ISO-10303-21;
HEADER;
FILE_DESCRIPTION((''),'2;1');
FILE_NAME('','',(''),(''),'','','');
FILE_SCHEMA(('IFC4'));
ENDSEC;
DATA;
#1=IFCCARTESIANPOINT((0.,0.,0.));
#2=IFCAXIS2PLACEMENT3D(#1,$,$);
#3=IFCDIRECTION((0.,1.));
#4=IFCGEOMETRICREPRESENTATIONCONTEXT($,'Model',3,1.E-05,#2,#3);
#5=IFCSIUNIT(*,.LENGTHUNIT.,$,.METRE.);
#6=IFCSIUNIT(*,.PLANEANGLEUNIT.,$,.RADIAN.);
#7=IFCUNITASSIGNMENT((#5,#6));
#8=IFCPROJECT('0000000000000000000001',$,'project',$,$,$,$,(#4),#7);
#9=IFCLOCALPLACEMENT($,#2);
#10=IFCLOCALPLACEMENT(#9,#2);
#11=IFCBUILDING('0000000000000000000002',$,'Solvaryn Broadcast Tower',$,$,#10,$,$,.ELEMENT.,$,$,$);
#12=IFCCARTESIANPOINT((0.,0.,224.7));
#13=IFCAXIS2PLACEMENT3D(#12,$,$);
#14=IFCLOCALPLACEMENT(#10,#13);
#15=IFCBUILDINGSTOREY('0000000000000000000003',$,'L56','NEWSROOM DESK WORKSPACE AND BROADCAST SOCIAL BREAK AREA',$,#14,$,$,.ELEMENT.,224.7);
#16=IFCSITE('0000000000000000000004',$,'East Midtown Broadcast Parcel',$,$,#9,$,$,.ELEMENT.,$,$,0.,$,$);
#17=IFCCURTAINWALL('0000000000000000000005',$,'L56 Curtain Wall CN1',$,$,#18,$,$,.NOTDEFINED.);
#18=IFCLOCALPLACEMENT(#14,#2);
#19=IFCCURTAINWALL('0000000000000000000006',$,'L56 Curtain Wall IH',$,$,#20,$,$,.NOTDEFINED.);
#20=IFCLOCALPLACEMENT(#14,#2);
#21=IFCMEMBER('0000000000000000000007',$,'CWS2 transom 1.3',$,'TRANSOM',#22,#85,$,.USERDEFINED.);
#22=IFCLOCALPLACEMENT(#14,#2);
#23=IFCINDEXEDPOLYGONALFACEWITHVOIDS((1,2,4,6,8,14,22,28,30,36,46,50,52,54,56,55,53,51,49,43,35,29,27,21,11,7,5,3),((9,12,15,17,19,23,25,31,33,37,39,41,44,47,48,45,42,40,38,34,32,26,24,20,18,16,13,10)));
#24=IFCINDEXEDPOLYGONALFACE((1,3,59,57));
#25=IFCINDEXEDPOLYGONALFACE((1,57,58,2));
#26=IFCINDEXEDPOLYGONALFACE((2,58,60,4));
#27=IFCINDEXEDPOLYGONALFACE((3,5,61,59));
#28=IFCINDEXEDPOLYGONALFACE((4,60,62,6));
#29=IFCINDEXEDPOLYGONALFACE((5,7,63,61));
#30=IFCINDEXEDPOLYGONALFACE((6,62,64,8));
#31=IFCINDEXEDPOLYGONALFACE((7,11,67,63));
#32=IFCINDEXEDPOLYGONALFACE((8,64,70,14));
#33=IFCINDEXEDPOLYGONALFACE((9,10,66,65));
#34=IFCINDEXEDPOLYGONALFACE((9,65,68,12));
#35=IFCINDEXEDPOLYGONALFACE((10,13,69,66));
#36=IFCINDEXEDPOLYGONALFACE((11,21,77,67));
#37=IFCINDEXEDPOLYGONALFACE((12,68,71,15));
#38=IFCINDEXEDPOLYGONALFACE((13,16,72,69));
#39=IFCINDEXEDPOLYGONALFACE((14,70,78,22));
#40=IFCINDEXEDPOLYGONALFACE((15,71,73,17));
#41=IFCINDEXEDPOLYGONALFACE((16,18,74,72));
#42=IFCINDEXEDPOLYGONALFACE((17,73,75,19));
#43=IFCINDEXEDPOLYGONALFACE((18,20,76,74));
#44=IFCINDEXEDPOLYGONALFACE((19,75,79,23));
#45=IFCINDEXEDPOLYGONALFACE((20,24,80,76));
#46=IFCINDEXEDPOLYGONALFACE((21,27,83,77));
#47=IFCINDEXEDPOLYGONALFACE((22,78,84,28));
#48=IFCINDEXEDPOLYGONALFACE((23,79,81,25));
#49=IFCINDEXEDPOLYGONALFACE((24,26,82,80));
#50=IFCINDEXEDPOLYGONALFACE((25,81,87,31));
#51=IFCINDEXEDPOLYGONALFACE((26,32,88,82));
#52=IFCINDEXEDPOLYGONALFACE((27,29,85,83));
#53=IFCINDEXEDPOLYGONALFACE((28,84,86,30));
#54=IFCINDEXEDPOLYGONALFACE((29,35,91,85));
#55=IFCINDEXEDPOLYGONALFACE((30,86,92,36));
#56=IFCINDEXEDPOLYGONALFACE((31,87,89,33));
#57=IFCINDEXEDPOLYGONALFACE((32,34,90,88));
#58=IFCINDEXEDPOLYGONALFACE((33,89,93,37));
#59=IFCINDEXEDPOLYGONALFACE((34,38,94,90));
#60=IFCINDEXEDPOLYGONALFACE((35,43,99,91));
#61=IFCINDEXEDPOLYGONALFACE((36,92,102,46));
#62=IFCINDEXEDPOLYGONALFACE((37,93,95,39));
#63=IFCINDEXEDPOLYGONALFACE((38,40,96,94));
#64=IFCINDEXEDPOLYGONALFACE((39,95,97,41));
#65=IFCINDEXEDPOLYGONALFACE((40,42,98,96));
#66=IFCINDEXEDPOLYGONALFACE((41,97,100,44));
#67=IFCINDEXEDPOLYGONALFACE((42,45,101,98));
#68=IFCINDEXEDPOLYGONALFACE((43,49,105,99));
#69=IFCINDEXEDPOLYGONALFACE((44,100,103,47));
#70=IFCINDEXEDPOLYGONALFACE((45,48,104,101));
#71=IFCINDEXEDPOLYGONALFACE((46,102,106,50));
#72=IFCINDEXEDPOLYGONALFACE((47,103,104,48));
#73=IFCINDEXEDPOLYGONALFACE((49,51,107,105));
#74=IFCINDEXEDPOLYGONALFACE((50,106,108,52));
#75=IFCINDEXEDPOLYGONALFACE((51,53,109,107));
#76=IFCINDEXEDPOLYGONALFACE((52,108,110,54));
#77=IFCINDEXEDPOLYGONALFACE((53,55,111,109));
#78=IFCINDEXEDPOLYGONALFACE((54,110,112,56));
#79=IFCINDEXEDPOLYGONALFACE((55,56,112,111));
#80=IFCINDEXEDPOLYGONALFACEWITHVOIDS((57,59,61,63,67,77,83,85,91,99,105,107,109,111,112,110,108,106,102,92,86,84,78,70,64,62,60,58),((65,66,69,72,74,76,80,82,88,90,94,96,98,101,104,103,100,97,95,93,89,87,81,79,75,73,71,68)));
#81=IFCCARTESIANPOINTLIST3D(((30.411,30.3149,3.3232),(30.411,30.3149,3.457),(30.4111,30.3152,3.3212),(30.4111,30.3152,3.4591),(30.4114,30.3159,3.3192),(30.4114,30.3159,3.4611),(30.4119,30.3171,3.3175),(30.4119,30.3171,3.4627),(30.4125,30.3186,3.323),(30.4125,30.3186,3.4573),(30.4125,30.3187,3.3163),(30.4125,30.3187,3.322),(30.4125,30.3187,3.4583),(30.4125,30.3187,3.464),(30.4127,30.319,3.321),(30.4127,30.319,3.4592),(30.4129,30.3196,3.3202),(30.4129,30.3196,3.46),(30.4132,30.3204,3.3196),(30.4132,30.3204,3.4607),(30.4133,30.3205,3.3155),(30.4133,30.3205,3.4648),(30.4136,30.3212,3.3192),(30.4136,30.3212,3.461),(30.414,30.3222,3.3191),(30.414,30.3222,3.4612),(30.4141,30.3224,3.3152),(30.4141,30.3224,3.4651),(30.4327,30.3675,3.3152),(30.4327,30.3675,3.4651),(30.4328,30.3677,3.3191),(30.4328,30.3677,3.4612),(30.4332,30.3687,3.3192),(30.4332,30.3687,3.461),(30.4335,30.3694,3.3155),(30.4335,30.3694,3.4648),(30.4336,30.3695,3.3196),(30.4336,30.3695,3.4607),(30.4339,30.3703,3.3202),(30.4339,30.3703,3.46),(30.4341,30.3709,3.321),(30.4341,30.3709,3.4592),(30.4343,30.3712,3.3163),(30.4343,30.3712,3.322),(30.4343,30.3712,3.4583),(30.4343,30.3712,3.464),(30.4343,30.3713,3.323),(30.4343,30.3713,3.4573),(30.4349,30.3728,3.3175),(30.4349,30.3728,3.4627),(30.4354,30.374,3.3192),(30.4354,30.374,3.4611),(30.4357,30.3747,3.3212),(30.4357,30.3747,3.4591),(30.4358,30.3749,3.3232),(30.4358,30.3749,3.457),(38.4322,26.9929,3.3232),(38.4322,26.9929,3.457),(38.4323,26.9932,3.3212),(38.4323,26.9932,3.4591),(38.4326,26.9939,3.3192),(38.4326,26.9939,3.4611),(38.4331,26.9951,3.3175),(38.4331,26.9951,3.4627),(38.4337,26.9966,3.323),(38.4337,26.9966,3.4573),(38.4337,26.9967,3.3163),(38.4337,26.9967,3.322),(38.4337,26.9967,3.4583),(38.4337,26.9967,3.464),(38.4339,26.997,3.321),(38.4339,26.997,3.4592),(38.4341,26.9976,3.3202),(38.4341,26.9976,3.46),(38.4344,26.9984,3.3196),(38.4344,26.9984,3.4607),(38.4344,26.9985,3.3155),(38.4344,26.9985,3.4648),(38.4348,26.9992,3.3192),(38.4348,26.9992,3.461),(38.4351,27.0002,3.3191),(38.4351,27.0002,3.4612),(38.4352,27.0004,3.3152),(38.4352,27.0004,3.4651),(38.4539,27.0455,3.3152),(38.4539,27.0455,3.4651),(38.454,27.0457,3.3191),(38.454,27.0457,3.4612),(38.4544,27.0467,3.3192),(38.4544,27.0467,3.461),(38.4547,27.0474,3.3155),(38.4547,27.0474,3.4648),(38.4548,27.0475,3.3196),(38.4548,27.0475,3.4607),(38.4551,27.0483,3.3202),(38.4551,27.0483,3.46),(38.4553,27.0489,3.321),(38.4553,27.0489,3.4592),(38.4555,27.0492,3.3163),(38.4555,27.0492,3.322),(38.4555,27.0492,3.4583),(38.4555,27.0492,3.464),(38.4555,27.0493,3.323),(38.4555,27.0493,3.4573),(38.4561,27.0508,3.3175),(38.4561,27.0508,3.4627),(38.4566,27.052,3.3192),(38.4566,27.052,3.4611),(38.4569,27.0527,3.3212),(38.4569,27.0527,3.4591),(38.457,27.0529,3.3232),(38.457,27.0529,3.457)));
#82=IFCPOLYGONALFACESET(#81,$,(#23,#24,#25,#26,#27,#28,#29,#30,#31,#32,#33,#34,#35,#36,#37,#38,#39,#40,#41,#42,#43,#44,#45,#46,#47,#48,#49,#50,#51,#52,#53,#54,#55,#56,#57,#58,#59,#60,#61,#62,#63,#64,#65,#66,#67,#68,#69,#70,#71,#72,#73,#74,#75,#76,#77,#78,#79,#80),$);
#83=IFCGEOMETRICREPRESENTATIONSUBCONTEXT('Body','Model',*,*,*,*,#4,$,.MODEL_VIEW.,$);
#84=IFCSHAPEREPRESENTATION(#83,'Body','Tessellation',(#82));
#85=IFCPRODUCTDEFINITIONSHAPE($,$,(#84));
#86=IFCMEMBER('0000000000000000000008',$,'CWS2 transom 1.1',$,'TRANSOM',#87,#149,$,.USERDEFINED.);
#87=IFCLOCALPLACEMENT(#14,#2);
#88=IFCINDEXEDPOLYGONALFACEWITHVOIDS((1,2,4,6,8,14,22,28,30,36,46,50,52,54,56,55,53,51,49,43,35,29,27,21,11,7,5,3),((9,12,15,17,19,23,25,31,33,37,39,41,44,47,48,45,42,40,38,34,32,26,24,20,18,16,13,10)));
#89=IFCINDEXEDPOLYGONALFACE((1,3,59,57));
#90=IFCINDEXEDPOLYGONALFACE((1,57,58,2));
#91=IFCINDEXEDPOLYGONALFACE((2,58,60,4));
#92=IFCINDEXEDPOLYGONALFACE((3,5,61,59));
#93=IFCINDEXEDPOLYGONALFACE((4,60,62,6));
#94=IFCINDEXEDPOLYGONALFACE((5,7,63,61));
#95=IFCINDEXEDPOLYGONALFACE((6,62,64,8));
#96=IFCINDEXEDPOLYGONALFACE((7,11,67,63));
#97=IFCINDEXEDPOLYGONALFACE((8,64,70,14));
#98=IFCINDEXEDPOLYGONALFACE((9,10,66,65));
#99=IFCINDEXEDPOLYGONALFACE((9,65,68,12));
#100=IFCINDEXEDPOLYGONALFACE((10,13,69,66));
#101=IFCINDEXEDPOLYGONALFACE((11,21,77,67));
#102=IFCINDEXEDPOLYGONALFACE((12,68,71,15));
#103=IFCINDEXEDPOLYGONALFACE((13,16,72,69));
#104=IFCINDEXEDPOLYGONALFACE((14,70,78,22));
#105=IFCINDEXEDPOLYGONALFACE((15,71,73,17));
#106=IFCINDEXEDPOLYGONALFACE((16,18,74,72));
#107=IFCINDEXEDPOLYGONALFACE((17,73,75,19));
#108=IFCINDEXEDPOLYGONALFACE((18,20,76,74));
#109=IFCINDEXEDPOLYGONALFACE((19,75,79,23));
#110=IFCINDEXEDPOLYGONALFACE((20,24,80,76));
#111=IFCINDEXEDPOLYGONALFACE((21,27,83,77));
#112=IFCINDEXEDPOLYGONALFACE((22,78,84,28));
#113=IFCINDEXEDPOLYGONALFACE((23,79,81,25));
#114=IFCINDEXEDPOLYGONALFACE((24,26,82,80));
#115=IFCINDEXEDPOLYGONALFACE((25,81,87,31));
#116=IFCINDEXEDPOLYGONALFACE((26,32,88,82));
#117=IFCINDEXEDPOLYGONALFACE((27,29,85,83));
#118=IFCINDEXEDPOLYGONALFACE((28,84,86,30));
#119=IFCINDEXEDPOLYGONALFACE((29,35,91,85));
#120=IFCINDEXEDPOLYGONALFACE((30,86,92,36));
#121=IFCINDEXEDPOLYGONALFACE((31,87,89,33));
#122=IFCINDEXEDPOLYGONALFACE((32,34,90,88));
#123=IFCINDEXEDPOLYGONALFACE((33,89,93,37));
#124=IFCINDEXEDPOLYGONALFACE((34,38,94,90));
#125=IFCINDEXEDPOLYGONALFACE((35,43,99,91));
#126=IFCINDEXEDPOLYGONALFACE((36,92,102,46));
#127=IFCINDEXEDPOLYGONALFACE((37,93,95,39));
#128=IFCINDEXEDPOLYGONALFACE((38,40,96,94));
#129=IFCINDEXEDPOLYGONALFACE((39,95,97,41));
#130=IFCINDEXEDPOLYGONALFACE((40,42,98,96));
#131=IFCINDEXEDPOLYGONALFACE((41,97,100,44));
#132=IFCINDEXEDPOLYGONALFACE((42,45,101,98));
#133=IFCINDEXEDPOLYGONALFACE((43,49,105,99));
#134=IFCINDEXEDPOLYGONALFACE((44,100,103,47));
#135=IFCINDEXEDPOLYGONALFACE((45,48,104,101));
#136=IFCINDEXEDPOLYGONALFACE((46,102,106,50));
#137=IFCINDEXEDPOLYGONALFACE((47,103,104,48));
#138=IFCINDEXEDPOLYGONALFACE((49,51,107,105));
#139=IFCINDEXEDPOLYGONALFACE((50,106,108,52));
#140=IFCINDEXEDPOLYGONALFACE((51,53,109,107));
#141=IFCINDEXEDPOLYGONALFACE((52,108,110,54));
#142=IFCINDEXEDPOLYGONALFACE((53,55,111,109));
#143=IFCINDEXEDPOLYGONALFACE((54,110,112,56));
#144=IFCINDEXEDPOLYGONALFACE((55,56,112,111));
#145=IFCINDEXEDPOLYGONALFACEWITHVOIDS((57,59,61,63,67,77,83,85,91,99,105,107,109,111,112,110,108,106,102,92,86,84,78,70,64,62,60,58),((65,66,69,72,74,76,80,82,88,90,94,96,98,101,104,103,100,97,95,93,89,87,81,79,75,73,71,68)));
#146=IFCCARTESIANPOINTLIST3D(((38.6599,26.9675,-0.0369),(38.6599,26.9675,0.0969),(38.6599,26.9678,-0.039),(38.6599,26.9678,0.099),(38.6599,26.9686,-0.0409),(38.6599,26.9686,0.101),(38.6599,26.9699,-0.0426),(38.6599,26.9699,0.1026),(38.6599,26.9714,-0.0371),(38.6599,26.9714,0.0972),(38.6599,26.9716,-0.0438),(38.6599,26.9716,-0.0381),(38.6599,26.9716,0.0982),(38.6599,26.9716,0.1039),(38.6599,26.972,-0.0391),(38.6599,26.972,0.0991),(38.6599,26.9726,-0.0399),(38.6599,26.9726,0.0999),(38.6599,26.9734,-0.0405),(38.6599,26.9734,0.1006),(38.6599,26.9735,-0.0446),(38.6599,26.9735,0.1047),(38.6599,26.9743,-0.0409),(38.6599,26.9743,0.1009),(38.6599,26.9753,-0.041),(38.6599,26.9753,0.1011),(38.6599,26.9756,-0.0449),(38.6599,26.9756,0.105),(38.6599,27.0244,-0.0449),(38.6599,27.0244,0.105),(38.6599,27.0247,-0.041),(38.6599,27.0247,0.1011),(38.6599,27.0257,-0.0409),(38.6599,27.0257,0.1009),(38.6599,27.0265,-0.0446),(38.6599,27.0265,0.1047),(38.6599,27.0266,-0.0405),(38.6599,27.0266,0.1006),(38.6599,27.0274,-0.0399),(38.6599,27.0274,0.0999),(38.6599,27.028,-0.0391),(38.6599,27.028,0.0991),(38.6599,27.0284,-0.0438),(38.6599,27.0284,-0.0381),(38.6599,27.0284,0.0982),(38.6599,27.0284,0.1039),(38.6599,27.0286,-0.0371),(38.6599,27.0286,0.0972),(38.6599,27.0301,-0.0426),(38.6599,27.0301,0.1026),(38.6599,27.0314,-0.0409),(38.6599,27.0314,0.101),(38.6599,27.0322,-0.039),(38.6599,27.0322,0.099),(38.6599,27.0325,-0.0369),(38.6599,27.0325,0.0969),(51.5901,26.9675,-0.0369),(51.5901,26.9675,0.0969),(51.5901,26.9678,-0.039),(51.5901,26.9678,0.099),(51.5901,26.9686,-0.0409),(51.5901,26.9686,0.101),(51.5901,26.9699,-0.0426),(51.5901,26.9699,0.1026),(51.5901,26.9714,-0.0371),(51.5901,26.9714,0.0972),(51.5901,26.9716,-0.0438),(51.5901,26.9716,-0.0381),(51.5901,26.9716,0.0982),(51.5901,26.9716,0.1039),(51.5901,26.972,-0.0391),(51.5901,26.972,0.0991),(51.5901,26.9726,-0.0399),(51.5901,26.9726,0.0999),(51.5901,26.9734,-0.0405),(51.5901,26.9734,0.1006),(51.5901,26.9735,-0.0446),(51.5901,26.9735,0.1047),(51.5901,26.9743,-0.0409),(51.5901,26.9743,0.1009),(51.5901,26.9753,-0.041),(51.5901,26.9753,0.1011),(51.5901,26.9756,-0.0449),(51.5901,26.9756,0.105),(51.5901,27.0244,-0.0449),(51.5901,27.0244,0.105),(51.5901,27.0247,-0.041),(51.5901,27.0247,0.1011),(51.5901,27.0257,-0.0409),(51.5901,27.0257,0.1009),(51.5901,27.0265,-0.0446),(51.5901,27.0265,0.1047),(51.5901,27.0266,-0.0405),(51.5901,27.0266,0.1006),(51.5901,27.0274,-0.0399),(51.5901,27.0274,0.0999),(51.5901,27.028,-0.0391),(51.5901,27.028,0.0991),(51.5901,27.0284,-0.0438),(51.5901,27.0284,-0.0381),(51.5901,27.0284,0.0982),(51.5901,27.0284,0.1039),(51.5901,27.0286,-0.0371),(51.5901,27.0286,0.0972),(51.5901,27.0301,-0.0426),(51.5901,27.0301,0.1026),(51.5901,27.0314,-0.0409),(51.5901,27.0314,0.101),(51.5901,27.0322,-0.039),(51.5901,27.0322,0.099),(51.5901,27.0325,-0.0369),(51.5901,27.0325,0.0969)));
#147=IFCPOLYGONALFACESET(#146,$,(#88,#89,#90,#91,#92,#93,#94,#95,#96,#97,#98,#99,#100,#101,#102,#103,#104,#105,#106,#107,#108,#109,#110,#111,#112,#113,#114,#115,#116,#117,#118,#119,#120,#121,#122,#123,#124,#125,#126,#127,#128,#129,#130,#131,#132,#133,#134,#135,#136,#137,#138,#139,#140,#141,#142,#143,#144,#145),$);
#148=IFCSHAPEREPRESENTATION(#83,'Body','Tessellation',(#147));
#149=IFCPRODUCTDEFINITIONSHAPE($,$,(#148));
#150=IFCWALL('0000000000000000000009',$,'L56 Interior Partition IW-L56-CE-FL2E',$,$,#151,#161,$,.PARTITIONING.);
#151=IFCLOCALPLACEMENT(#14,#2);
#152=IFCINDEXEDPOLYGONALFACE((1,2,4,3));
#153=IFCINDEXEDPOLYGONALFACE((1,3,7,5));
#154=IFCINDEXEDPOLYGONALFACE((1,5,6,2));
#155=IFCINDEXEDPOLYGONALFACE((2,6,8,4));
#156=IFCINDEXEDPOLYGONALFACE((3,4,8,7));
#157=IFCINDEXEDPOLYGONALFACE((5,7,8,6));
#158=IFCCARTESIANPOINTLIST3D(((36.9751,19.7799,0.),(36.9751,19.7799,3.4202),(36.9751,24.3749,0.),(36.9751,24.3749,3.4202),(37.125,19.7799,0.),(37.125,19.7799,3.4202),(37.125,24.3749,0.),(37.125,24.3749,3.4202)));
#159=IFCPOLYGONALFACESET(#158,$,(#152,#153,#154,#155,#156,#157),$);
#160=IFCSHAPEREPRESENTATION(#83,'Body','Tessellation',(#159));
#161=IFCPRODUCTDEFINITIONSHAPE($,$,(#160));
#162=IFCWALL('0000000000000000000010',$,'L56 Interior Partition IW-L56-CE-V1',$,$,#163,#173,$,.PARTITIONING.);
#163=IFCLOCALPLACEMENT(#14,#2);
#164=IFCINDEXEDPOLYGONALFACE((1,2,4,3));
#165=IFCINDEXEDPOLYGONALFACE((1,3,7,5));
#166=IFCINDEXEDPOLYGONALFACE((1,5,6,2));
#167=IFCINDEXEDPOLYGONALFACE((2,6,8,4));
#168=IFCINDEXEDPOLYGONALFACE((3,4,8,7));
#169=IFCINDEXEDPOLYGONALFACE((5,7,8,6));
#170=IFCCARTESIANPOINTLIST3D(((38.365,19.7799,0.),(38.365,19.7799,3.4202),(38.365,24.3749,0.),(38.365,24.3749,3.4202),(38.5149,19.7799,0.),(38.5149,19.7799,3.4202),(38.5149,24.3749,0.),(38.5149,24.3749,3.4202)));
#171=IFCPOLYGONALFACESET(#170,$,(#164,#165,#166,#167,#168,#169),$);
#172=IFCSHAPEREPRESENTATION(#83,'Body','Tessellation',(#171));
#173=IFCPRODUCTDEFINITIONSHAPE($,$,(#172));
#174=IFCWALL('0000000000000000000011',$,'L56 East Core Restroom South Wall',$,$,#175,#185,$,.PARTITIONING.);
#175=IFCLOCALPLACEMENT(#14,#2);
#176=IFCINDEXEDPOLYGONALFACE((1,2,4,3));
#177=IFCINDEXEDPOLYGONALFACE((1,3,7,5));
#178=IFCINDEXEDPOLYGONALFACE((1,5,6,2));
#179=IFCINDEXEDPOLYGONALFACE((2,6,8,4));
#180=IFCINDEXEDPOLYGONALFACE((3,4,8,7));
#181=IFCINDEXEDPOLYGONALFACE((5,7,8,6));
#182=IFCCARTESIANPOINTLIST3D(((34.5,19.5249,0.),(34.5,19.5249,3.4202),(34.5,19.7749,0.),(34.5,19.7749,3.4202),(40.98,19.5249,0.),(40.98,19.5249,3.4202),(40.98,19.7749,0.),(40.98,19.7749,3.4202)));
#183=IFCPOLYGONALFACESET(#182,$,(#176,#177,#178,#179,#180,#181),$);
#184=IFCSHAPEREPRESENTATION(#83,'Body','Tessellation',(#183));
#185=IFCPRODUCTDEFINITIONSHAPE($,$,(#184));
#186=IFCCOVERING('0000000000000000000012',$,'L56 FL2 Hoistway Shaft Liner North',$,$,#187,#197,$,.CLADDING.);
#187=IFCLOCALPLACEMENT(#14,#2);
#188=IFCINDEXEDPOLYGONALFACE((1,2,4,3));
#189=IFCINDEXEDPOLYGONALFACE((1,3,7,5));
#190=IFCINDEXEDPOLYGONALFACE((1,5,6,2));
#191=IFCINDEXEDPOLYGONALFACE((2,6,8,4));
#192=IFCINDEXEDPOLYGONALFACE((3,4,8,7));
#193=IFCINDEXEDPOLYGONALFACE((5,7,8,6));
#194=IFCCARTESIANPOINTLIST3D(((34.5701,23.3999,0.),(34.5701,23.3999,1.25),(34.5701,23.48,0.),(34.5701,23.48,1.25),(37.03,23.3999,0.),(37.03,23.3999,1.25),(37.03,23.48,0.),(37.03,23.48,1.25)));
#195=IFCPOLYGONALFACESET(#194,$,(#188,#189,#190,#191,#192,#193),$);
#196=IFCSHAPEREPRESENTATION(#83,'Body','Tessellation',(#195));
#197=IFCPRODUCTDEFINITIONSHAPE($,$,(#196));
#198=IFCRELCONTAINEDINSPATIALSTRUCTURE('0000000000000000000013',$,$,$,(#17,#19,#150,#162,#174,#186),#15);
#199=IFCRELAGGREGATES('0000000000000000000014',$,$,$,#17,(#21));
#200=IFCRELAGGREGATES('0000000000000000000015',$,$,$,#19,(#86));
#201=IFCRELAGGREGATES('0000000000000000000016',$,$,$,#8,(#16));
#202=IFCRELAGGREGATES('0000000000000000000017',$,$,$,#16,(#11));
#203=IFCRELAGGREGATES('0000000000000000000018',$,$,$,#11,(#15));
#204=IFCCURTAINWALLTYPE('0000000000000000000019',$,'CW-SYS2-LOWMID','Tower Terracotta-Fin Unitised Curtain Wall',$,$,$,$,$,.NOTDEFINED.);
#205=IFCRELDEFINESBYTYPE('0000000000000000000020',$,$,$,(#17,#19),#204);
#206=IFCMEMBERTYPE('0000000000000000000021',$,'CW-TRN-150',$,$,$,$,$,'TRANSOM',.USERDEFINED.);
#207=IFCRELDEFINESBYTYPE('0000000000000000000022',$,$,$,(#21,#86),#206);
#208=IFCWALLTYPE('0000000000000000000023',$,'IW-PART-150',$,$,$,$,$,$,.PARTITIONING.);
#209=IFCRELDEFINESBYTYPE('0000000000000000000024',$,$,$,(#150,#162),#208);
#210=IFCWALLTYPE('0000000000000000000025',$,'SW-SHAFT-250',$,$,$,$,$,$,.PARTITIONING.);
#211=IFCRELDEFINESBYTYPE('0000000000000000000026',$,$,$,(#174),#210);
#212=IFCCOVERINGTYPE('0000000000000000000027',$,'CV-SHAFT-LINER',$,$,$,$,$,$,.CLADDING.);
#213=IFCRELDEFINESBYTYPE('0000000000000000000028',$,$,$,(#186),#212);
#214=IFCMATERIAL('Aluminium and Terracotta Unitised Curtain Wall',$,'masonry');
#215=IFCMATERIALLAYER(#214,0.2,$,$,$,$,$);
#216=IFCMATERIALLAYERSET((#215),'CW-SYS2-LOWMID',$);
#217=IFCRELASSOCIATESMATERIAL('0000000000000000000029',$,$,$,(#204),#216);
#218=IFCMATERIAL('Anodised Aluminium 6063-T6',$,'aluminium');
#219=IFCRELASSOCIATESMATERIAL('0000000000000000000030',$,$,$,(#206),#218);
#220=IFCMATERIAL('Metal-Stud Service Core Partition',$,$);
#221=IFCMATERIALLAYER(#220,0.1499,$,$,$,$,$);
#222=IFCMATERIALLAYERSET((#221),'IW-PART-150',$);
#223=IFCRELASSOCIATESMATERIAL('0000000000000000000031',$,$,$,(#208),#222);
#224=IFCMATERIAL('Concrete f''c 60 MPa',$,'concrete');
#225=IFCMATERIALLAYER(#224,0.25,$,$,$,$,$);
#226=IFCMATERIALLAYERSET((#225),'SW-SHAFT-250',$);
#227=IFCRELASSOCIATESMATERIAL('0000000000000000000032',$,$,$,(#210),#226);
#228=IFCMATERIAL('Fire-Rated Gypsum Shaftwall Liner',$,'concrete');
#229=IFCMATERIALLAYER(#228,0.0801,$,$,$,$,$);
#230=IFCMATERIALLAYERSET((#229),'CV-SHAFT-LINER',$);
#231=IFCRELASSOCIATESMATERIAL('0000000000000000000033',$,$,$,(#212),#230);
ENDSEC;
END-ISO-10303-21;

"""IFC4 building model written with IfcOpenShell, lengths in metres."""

from ifc_helpers import new_model, si_unit, direction, frame, frame_2d, origin, origin_2d, place, context, subcontext, project, spatial, rectangle, hollow_rectangle, extrude, material, layer, layer_set, material_profile, profile_set, type_object, element, aggregate, save


model = new_model("IFC4")

# Units and contexts
model_context = context("Model", 3, precision=1e-05, world=origin(), true_north=direction((0.0, 1.0)))
body_context = subcontext(model_context, "Body", "Model", "MODEL_VIEW")
ifc_project = project(units=[si_unit("LENGTHUNIT", "METRE"), si_unit("PLANEANGLEUNIT", "RADIAN")], contexts=[model_context])

# Site, building, storey
site_placement = place(None, origin())
site = spatial("IfcSite", under=ifc_project, at=site_placement, Name="East Midtown Broadcast Parcel", CompositionType="ELEMENT", RefElevation=0.0)
building_placement = place(site_placement, origin())
building = spatial("IfcBuilding", under=site, at=building_placement, Name="Solvaryn Broadcast Tower", CompositionType="ELEMENT")
storey_placement = place(building_placement, frame((0.0, 0.0, 224.7)))
storey = spatial("IfcBuildingStorey", under=building, at=storey_placement, Name="L56", Description="NEWSROOM DESK WORKSPACE AND BROADCAST SOCIAL BREAK AREA", CompositionType="ELEMENT", Elevation=224.7)

# Curtain walls
ifc_material_1 = material(Name="Aluminium and Terracotta Unitised Curtain Wall", Category="masonry")
ifc_layer_1 = layer(ifc_material_1, 0.2)
ifc_layer_set_1 = layer_set([ifc_layer_1], Name="CW-SYS2-LOWMID")
curtain_wall_type = type_object("IfcCurtainWallType", Name="CW-SYS2-LOWMID", Description="Tower Terracotta-Fin Unitised Curtain Wall", PredefinedType="NOTDEFINED", material=ifc_layer_set_1)
curtain_wall_1_placement = place(storey_placement, origin())
curtain_wall_1 = element("IfcCurtainWall", 1, at=curtain_wall_1_placement, inside=storey, type_object=curtain_wall_type, Name="L56 Curtain Wall CN1", PredefinedType="NOTDEFINED")
curtain_wall_2_placement = place(storey_placement, origin())
curtain_wall_2 = element("IfcCurtainWall", 2, at=curtain_wall_2_placement, inside=storey, type_object=curtain_wall_type, Name="L56 Curtain Wall IH", PredefinedType="NOTDEFINED")

# Members
ifc_material_2 = material(Name="Anodised Aluminium 6063-T6", Category="aluminium")
ifc_material_profile_1 = material_profile(ifc_material_2, hollow_rectangle(XDim=0.0649, YDim=0.1499, WallThickness=0.0039, InnerFilletRadius=0.0039, OuterFilletRadius=0.0081, at=origin_2d()))
ifc_profile_set_1 = profile_set([ifc_material_profile_1], Name="Anodised Aluminium 6063-T6")
member_type_1 = type_object("IfcMemberType", Name="CW-TRN-150", ElementType="TRANSOM", PredefinedType="USERDEFINED", material=ifc_profile_set_1)
member_1_placement = place(storey_placement, frame((38.4446, 27.0229, 3.3901), z_axis=(-0.923899, 0.382636, 0.0), x_axis=(-0.382636, -0.923899, 0.0)))
member_1 = element("IfcMember", 3, at=member_1_placement, type_object=member_type_1, Name="CWS2 transom 1.3", ObjectType="TRANSOM", PredefinedType="USERDEFINED", context=body_context, shape_type="SweptSolid", body=[
    extrude(hollow_rectangle(XDim=0.0649, YDim=0.1499, WallThickness=0.0039, InnerFilletRadius=0.0039, OuterFilletRadius=0.0081, at=origin_2d()), origin(), (0.0, 0.0, 1.0), 8.6819),
])
aggregate(curtain_wall_1, [member_1])
member_2_placement = place(storey_placement, frame((38.6599, 27.0, 0.03), z_axis=(1.0, 0.0, 0.0), x_axis=(0.0, 1.0, 0.0)))
member_2 = element("IfcMember", 4, at=member_2_placement, type_object=member_type_1, Name="CWS2 transom 1.1", ObjectType="TRANSOM", PredefinedType="USERDEFINED", context=body_context, shape_type="SweptSolid", body=[
    extrude(hollow_rectangle(XDim=0.0649, YDim=0.1499, WallThickness=0.0039, InnerFilletRadius=0.0039, OuterFilletRadius=0.0081, at=origin_2d()), origin(), (0.0, 0.0, 1.0), 12.9302),
])
aggregate(curtain_wall_2, [member_2])

# Walls
ifc_material_3 = material(Name="Metal-Stud Service Core Partition")
ifc_layer_2 = layer(ifc_material_3, 0.1499)
ifc_layer_set_2 = layer_set([ifc_layer_2], Name="IW-PART-150")
wall_type_1 = type_object("IfcWallType", Name="IW-PART-150", PredefinedType="PARTITIONING", material=ifc_layer_set_2)
for number, where, z_axis, x_axis, name in (
    (5, (37.05, 19.78, 0.0), (0.0, 0.0, 1.0), (0.0, 1.0, 0.0), "L56 Interior Partition IW-L56-CE-FL2E"),
    (6, (38.4399, 19.78, 0.0), (0.0, 0.0, 1.0), (0.0, 1.0, 0.0), "L56 Interior Partition IW-L56-CE-V1"),
):
    element("IfcWall", number, at=place(storey_placement, frame(where, z_axis=z_axis, x_axis=x_axis)), inside=storey, type_object=wall_type_1, Name=name, PredefinedType="PARTITIONING", context=body_context, shape_type="SweptSolid", body=[
        extrude(rectangle(XDim=4.595, YDim=0.1499, at=frame_2d((2.2974, 0.0))), origin(), (0.0, 0.0, 1.0), 3.4202),
    ])

# Shared definitions
ifc_material_4 = material(Name="Concrete f'c 60 MPa", Category="concrete")
ifc_layer_3 = layer(ifc_material_4, 0.25)
ifc_layer_set_3 = layer_set([ifc_layer_3], Name="SW-SHAFT-250")
wall_type_2 = type_object("IfcWallType", Name="SW-SHAFT-250", PredefinedType="PARTITIONING", material=ifc_layer_set_3)

# Wall
wall_1_placement = place(storey_placement, frame((34.5, 19.6499, 0.0), z_axis=(0.0, 0.0, 1.0), x_axis=(1.0, 0.0, 0.0)))
element("IfcWall", 7, at=wall_1_placement, inside=storey, type_object=wall_type_2, Name="L56 East Core Restroom South Wall", PredefinedType="PARTITIONING", context=body_context, shape_type="SweptSolid", body=[
    extrude(rectangle(XDim=6.48, YDim=0.25, at=frame_2d((3.24, 0.0))), origin(), (0.0, 0.0, 1.0), 3.4202),
])

# Covering
ifc_material_5 = material(Name="Fire-Rated Gypsum Shaftwall Liner", Category="concrete")
ifc_layer_4 = layer(ifc_material_5, 0.0801)
ifc_layer_set_4 = layer_set([ifc_layer_4], Name="CV-SHAFT-LINER")
covering_type_1 = type_object("IfcCoveringType", Name="CV-SHAFT-LINER", PredefinedType="CLADDING", material=ifc_layer_set_4)
for number, where, z_axis, x_axis, name in (
    (8, (35.8, 23.4399, 0.0), (0.0, 0.0, 1.0), (1.0, 0.0, 0.0), "L56 FL2 Hoistway Shaft Liner North"),
):
    element("IfcCovering", number, at=place(storey_placement, frame(where, z_axis=z_axis, x_axis=x_axis)), inside=storey, type_object=covering_type_1, Name=name, PredefinedType="CLADDING", context=body_context, shape_type="SweptSolid", body=[
        extrude(rectangle(XDim=2.46, YDim=0.0801, at=origin_2d()), origin(), (0.0, 0.0, 1.0), 1.25),
    ])

save(model, "model.ifc")
